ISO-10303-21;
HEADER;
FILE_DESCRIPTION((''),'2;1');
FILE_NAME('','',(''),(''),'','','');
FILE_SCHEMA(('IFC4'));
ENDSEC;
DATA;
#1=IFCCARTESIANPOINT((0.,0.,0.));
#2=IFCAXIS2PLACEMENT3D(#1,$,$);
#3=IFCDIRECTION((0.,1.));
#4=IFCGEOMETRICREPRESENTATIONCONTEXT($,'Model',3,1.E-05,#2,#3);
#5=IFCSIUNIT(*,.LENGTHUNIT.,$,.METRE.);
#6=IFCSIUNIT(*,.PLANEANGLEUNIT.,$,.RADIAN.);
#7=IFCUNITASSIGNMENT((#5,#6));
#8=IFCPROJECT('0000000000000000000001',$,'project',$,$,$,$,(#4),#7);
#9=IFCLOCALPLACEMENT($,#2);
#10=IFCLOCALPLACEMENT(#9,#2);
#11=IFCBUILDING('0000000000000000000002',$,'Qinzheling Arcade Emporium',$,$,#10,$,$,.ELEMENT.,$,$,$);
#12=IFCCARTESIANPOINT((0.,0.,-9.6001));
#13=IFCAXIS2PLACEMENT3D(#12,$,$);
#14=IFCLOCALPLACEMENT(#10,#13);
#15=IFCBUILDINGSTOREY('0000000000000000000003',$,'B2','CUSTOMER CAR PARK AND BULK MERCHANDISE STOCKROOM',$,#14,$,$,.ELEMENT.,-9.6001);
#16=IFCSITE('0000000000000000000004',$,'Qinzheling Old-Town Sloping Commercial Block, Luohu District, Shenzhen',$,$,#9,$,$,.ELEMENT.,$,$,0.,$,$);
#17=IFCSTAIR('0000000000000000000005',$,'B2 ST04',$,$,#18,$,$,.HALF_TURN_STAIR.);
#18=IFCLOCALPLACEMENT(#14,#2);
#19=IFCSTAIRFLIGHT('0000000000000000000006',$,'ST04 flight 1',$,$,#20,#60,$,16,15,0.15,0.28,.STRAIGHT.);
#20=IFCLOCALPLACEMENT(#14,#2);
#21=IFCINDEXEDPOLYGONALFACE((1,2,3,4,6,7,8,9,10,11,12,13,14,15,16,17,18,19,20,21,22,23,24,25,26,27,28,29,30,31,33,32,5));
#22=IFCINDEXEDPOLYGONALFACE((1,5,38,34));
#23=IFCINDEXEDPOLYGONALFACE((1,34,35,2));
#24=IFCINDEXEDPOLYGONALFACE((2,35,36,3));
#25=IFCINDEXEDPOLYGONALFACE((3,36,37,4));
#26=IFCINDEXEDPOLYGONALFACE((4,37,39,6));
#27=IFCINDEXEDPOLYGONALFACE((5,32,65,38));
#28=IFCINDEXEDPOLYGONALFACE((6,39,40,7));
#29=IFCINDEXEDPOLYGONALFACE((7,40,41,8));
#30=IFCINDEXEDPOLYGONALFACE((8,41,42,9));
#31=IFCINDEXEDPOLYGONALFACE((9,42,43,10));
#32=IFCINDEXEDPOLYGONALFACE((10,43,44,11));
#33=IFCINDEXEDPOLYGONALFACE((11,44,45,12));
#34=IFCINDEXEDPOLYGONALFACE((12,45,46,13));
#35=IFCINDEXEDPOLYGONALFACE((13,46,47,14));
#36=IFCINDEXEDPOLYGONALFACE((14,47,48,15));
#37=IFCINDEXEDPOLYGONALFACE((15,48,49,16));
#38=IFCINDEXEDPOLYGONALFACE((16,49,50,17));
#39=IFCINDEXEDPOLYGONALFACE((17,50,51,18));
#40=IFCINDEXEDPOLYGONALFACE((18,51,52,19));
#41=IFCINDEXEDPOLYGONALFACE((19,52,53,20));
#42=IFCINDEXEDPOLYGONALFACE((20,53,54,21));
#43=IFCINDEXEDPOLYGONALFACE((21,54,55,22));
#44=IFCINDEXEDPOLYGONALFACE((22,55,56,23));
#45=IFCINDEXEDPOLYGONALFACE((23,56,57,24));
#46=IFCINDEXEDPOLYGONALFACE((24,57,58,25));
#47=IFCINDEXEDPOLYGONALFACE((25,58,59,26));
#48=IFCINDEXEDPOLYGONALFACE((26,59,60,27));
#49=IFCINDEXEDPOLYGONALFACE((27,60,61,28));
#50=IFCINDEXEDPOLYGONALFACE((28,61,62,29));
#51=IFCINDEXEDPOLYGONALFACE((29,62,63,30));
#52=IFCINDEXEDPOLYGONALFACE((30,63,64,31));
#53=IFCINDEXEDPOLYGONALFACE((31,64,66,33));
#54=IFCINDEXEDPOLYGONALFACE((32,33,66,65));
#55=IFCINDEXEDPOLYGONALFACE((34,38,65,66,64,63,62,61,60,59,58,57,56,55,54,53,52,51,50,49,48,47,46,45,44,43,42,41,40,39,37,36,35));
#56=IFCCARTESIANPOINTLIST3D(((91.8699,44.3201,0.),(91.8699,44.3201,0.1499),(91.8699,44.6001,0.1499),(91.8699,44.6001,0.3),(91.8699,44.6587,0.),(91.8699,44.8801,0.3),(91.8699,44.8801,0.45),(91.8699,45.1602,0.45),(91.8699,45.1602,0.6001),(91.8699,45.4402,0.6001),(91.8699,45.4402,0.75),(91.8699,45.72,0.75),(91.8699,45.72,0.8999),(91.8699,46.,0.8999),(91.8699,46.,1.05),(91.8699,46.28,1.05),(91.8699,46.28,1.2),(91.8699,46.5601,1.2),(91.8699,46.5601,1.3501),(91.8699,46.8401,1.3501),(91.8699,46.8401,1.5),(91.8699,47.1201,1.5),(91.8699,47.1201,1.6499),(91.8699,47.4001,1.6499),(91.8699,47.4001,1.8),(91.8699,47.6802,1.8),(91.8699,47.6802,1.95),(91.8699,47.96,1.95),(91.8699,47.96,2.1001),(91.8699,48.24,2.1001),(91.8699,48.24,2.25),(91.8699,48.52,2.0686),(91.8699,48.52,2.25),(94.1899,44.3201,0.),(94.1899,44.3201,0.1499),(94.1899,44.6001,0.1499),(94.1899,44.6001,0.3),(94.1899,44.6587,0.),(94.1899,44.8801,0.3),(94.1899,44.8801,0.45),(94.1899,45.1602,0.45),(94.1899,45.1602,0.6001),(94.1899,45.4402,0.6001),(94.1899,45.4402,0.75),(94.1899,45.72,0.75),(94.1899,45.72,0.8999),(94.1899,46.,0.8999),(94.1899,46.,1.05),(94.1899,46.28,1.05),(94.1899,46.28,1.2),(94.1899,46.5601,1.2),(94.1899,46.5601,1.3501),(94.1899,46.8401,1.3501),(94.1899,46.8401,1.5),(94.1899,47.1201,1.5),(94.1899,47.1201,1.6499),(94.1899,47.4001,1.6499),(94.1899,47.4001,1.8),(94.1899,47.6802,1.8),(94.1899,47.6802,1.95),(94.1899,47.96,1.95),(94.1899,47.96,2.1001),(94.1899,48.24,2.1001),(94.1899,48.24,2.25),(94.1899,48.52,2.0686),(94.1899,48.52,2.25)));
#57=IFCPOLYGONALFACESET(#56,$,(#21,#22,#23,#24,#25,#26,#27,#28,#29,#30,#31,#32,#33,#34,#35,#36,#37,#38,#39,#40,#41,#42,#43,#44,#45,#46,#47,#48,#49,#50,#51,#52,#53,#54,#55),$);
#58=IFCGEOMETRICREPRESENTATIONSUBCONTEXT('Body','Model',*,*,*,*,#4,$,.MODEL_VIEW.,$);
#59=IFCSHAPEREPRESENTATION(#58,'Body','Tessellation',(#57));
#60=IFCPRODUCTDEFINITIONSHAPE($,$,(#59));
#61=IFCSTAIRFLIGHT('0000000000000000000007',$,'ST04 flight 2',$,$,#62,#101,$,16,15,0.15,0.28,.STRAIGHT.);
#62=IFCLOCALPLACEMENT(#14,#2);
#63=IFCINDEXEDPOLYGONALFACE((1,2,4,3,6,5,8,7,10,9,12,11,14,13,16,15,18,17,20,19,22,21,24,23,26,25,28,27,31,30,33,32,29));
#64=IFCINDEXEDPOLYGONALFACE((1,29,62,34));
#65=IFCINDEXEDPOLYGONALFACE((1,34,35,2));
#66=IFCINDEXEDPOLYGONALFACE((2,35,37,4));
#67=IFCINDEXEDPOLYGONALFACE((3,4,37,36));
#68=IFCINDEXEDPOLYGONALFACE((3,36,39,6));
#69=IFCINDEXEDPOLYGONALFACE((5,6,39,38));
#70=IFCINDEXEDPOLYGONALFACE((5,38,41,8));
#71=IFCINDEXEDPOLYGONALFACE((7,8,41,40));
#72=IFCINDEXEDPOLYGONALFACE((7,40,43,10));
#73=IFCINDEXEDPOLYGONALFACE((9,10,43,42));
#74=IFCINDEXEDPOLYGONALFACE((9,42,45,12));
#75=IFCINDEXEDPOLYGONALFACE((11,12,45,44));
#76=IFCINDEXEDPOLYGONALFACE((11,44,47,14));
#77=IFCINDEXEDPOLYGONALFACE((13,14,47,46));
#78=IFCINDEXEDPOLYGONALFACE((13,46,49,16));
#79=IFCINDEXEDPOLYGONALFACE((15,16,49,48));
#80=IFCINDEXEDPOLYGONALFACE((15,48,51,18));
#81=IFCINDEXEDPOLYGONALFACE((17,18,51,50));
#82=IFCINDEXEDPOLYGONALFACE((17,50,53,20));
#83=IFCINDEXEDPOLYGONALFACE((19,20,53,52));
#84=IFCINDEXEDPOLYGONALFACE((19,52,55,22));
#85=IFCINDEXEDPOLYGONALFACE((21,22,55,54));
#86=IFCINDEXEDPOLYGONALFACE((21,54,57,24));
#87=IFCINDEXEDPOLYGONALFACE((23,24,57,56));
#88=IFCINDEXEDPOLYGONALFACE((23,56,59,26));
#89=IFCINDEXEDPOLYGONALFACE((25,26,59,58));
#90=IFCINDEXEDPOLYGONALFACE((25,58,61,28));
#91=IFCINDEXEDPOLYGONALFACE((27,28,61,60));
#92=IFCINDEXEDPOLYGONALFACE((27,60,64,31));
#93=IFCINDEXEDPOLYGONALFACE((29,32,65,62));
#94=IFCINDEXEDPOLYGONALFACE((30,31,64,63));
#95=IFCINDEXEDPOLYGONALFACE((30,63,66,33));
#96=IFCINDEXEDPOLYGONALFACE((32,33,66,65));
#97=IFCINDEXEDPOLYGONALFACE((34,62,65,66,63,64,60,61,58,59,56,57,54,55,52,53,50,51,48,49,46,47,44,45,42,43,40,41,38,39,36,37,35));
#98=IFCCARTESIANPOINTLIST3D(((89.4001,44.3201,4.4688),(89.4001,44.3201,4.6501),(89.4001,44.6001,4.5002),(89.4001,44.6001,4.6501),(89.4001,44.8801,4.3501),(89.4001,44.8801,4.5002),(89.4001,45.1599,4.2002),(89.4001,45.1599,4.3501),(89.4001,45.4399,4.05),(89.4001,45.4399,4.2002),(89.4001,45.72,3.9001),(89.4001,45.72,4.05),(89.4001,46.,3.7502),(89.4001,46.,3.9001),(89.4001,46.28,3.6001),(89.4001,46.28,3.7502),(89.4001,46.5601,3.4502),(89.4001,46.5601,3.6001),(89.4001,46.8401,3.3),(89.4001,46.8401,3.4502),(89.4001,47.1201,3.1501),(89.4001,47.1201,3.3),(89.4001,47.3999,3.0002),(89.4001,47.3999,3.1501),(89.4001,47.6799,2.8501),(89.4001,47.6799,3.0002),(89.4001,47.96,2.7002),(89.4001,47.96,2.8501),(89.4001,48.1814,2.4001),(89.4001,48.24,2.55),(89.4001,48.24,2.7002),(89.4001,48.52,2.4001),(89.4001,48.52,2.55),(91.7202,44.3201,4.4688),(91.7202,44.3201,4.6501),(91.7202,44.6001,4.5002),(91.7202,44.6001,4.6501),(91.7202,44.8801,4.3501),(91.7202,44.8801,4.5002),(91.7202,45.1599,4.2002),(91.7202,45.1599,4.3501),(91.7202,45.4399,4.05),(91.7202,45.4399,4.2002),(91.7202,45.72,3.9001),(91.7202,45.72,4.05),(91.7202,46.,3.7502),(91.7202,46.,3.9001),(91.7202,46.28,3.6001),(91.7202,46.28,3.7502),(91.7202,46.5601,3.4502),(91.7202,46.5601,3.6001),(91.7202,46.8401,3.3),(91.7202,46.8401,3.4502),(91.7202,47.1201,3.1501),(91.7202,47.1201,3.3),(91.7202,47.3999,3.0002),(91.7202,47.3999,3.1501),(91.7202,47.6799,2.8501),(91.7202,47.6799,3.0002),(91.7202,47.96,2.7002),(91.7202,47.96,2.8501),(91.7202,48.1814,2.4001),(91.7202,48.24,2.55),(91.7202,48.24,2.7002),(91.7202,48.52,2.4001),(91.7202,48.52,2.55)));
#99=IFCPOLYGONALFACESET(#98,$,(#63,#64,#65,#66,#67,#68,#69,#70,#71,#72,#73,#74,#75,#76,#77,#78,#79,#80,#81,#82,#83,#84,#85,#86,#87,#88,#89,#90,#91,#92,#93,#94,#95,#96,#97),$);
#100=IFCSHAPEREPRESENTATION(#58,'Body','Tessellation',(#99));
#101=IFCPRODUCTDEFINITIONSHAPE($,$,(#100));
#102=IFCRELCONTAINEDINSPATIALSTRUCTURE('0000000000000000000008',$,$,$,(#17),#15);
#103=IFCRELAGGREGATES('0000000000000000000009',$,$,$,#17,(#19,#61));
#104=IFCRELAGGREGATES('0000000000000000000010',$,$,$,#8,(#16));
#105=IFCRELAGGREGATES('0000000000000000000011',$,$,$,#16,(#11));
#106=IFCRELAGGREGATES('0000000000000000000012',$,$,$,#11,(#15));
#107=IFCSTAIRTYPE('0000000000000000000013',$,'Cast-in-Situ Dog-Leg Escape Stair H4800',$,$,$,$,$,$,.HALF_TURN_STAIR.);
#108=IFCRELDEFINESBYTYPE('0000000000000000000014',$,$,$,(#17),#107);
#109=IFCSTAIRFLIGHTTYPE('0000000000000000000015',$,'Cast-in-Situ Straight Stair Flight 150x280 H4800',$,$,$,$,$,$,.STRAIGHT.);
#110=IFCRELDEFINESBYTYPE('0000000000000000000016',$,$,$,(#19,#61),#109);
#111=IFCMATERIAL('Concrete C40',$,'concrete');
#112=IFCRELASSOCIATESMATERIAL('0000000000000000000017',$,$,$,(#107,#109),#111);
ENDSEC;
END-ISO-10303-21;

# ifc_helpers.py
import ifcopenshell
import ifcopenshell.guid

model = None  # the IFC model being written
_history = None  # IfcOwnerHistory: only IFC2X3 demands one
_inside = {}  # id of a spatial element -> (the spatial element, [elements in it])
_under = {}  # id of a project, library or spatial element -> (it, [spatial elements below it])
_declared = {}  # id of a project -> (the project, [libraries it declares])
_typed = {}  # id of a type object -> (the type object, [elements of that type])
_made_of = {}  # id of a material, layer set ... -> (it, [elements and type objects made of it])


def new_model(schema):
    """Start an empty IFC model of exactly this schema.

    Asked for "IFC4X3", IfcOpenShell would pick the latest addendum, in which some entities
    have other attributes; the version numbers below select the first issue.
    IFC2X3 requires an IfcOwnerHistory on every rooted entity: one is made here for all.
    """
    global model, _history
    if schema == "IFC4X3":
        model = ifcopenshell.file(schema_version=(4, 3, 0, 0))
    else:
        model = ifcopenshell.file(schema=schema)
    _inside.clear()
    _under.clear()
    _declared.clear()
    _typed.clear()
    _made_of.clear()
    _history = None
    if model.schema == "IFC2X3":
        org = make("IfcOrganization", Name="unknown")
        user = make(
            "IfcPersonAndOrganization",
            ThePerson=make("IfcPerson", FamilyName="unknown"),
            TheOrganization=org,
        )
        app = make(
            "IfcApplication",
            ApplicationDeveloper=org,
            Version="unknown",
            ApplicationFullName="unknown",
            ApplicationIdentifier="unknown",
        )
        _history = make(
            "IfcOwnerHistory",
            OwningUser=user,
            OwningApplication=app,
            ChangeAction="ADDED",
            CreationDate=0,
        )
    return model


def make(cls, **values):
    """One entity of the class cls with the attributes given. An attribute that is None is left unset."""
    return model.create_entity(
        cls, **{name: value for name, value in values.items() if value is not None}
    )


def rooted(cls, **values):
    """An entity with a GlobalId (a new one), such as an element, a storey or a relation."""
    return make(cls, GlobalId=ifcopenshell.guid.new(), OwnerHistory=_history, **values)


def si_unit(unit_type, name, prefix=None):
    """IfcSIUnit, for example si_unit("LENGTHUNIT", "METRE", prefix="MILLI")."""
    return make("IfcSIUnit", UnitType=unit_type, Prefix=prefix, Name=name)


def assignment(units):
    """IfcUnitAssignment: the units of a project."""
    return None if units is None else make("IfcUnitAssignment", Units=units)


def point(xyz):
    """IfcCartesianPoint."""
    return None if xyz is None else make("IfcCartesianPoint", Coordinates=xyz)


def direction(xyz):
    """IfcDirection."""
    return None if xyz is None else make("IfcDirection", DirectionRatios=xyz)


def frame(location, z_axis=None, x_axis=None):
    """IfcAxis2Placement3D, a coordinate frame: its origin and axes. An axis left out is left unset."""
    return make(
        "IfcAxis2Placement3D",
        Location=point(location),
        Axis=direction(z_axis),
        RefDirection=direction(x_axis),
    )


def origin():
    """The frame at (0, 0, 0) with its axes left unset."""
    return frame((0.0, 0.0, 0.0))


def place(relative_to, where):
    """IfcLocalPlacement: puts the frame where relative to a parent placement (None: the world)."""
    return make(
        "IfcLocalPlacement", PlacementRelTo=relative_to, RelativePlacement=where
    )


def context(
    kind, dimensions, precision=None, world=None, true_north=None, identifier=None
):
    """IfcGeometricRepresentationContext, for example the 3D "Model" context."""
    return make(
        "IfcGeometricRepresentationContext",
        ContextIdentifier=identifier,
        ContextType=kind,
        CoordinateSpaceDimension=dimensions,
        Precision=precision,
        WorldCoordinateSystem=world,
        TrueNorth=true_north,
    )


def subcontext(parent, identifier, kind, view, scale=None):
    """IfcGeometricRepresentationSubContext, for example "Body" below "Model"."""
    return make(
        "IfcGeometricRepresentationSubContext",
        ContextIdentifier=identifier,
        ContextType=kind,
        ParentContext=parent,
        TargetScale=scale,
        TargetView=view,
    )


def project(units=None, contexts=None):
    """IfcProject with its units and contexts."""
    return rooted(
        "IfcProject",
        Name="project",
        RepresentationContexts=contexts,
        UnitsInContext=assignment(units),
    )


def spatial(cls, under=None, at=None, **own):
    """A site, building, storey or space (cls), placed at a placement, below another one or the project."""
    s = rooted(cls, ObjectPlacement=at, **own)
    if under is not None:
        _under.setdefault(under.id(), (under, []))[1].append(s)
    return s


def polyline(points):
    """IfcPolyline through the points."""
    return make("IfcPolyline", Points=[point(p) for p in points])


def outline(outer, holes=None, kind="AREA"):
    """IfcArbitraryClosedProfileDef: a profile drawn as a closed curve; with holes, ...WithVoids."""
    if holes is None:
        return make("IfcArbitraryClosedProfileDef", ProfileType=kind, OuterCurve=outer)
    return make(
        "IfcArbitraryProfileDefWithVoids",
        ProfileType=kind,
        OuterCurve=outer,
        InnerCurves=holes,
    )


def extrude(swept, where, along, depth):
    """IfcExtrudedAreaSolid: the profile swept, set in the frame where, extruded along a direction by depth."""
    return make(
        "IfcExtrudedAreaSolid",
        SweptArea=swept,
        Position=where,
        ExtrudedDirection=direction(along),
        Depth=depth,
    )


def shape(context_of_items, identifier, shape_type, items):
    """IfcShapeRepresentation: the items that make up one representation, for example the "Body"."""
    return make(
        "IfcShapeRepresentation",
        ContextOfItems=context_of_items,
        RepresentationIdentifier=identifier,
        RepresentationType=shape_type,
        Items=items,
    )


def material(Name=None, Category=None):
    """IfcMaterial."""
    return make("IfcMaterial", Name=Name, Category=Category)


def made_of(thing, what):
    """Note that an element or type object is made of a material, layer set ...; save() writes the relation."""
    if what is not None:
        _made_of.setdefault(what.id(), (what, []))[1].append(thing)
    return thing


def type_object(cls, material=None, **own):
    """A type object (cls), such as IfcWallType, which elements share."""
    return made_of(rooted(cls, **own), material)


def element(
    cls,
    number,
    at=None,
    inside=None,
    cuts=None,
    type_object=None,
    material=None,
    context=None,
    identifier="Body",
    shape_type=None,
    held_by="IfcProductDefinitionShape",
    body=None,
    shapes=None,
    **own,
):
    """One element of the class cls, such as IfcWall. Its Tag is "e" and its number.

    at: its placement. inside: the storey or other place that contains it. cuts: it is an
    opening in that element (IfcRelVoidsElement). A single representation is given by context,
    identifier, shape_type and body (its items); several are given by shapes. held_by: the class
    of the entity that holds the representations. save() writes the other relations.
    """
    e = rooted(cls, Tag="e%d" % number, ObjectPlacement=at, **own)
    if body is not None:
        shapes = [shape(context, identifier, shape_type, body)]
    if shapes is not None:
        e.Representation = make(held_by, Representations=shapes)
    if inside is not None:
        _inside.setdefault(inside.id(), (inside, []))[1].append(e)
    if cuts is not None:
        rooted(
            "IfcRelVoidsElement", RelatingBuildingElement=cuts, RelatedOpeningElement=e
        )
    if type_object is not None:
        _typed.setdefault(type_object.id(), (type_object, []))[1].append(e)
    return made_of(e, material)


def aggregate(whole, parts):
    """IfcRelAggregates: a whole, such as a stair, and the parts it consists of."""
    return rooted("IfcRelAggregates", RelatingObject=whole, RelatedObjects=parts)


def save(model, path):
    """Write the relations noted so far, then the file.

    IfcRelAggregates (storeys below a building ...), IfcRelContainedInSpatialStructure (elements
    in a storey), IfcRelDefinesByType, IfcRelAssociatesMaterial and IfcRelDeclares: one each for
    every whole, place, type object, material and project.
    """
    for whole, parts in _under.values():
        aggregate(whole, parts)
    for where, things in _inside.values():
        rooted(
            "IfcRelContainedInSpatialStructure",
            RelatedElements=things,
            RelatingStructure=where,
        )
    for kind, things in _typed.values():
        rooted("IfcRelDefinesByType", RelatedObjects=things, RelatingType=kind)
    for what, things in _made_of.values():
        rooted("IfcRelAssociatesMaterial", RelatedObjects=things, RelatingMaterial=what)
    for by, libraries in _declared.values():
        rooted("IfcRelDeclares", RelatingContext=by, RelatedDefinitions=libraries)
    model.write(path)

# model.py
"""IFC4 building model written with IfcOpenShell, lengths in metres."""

from ifc_helpers import new_model, si_unit, direction, frame, origin, place, context, subcontext, project, spatial, polyline, outline, extrude, material, type_object, element, aggregate, save


model = new_model("IFC4")

# Units and contexts
model_context = context("Model", 3, precision=1e-05, world=origin(), true_north=direction((0.0, 1.0)))
body_context = subcontext(model_context, "Body", "Model", "MODEL_VIEW")
ifc_project = project(units=[si_unit("LENGTHUNIT", "METRE"), si_unit("PLANEANGLEUNIT", "RADIAN")], contexts=[model_context])

# Site, building, storey
site_placement = place(None, origin())
site = spatial("IfcSite", under=ifc_project, at=site_placement, Name="Qinzheling Old-Town Sloping Commercial Block, Luohu District, Shenzhen", CompositionType="ELEMENT", RefElevation=0.0)
building_placement = place(site_placement, origin())
building = spatial("IfcBuilding", under=site, at=building_placement, Name="Qinzheling Arcade Emporium", CompositionType="ELEMENT")
storey_placement = place(building_placement, frame((0.0, 0.0, -9.6001)))
storey = spatial("IfcBuildingStorey", under=building, at=storey_placement, Name="B2", Description="CUSTOMER CAR PARK AND BULK MERCHANDISE STOCKROOM", CompositionType="ELEMENT", Elevation=-9.6001)

# Shared definitions
ifc_material_1 = material(Name="Concrete C40", Category="concrete")

# Stair, stair flights
stair_type = type_object("IfcStairType", Name="Cast-in-Situ Dog-Leg Escape Stair H4800", PredefinedType="HALF_TURN_STAIR", material=ifc_material_1)
stair_placement = place(storey_placement, origin())
stair = element("IfcStair", 1, at=stair_placement, inside=storey, type_object=stair_type, Name="B2 ST04", PredefinedType="HALF_TURN_STAIR")
stair_flight_type = type_object("IfcStairFlightType", Name="Cast-in-Situ Straight Stair Flight 150x280 H4800", PredefinedType="STRAIGHT", material=ifc_material_1)
stair_flight_1_placement = place(storey_placement, frame((93.03, 44.3201, 0.0), z_axis=(0.0, 0.0, 1.0), x_axis=(0.0, 1.0, 0.0)))
stair_flight_1 = element("IfcStairFlight", 2, at=stair_flight_1_placement, type_object=stair_flight_type, Name="ST04 flight 1", NumberOfRisers=16, NumberOfTreads=15, PredefinedType="STRAIGHT", RiserHeight=0.15, TreadLength=0.28, context=body_context, shape_type="SweptSolid", body=[
    extrude(outline(polyline([(0.0, 0.0), (0.0, 0.1499), (0.28, 0.1499), (0.28, 0.3), (0.5601, 0.3), (0.5601, 0.45), (0.8401, 0.45), (0.8401, 0.6001), (1.1201, 0.6001), (1.1201, 0.75), (1.3999, 0.75), (1.3999, 0.8999), (1.6799, 0.8999), (1.6799, 1.05), (1.96, 1.05), (1.96, 1.2), (2.24, 1.2), (2.24, 1.3501), (2.52, 1.3501), (2.52, 1.5), (2.8, 1.5), (2.8, 1.6499), (3.0801, 1.6499), (3.0801, 1.8), (3.3601, 1.8), (3.3601, 1.95), (3.6399, 1.95), (3.6399, 2.1001), (3.9199, 2.1001), (3.9199, 2.25), (4.2, 2.25), (4.2, 2.3999), (4.2, 2.0686), (0.3386, 0.0), (0.0, 0.0)])), frame((0.0, 1.1602, 0.0), z_axis=(0.0, -1.0, 0.0), x_axis=(1.0, 0.0, 0.0)), (0.0, 0.0, 1.0), 2.3201),
])
stair_flight_2_placement = place(storey_placement, frame((90.5601, 48.52, 2.4001), z_axis=(0.0, 0.0, 1.0), x_axis=(0.0, -1.0, 0.0)))
stair_flight_2 = element("IfcStairFlight", 3, at=stair_flight_2_placement, type_object=stair_flight_type, Name="ST04 flight 2", NumberOfRisers=16, NumberOfTreads=15, PredefinedType="STRAIGHT", RiserHeight=0.15, TreadLength=0.28, context=body_context, shape_type="SweptSolid", body=[
    extrude(outline(polyline([(0.0, 0.0), (0.0, 0.1499), (0.28, 0.1499), (0.28, 0.3), (0.5601, 0.3), (0.5601, 0.45), (0.8401, 0.45), (0.8401, 0.6001), (1.1201, 0.6001), (1.1201, 0.75), (1.3999, 0.75), (1.3999, 0.8999), (1.6799, 0.8999), (1.6799, 1.05), (1.96, 1.05), (1.96, 1.2), (2.24, 1.2), (2.24, 1.3501), (2.52, 1.3501), (2.52, 1.5), (2.8, 1.5), (2.8, 1.6499), (3.0801, 1.6499), (3.0801, 1.8), (3.3601, 1.8), (3.3601, 1.95), (3.6399, 1.95), (3.6399, 2.1001), (3.9199, 2.1001), (3.9199, 2.25), (4.2, 2.25), (4.2, 2.3999), (4.2, 2.0686), (0.3386, 0.0), (0.0, 0.0)])), frame((0.0, 1.1602, 0.0), z_axis=(0.0, -1.0, 0.0), x_axis=(1.0, 0.0, 0.0)), (0.0, 0.0, 1.0), 2.3201),
])
aggregate(stair, [stair_flight_1, stair_flight_2])

save(model, "model.ifc")
